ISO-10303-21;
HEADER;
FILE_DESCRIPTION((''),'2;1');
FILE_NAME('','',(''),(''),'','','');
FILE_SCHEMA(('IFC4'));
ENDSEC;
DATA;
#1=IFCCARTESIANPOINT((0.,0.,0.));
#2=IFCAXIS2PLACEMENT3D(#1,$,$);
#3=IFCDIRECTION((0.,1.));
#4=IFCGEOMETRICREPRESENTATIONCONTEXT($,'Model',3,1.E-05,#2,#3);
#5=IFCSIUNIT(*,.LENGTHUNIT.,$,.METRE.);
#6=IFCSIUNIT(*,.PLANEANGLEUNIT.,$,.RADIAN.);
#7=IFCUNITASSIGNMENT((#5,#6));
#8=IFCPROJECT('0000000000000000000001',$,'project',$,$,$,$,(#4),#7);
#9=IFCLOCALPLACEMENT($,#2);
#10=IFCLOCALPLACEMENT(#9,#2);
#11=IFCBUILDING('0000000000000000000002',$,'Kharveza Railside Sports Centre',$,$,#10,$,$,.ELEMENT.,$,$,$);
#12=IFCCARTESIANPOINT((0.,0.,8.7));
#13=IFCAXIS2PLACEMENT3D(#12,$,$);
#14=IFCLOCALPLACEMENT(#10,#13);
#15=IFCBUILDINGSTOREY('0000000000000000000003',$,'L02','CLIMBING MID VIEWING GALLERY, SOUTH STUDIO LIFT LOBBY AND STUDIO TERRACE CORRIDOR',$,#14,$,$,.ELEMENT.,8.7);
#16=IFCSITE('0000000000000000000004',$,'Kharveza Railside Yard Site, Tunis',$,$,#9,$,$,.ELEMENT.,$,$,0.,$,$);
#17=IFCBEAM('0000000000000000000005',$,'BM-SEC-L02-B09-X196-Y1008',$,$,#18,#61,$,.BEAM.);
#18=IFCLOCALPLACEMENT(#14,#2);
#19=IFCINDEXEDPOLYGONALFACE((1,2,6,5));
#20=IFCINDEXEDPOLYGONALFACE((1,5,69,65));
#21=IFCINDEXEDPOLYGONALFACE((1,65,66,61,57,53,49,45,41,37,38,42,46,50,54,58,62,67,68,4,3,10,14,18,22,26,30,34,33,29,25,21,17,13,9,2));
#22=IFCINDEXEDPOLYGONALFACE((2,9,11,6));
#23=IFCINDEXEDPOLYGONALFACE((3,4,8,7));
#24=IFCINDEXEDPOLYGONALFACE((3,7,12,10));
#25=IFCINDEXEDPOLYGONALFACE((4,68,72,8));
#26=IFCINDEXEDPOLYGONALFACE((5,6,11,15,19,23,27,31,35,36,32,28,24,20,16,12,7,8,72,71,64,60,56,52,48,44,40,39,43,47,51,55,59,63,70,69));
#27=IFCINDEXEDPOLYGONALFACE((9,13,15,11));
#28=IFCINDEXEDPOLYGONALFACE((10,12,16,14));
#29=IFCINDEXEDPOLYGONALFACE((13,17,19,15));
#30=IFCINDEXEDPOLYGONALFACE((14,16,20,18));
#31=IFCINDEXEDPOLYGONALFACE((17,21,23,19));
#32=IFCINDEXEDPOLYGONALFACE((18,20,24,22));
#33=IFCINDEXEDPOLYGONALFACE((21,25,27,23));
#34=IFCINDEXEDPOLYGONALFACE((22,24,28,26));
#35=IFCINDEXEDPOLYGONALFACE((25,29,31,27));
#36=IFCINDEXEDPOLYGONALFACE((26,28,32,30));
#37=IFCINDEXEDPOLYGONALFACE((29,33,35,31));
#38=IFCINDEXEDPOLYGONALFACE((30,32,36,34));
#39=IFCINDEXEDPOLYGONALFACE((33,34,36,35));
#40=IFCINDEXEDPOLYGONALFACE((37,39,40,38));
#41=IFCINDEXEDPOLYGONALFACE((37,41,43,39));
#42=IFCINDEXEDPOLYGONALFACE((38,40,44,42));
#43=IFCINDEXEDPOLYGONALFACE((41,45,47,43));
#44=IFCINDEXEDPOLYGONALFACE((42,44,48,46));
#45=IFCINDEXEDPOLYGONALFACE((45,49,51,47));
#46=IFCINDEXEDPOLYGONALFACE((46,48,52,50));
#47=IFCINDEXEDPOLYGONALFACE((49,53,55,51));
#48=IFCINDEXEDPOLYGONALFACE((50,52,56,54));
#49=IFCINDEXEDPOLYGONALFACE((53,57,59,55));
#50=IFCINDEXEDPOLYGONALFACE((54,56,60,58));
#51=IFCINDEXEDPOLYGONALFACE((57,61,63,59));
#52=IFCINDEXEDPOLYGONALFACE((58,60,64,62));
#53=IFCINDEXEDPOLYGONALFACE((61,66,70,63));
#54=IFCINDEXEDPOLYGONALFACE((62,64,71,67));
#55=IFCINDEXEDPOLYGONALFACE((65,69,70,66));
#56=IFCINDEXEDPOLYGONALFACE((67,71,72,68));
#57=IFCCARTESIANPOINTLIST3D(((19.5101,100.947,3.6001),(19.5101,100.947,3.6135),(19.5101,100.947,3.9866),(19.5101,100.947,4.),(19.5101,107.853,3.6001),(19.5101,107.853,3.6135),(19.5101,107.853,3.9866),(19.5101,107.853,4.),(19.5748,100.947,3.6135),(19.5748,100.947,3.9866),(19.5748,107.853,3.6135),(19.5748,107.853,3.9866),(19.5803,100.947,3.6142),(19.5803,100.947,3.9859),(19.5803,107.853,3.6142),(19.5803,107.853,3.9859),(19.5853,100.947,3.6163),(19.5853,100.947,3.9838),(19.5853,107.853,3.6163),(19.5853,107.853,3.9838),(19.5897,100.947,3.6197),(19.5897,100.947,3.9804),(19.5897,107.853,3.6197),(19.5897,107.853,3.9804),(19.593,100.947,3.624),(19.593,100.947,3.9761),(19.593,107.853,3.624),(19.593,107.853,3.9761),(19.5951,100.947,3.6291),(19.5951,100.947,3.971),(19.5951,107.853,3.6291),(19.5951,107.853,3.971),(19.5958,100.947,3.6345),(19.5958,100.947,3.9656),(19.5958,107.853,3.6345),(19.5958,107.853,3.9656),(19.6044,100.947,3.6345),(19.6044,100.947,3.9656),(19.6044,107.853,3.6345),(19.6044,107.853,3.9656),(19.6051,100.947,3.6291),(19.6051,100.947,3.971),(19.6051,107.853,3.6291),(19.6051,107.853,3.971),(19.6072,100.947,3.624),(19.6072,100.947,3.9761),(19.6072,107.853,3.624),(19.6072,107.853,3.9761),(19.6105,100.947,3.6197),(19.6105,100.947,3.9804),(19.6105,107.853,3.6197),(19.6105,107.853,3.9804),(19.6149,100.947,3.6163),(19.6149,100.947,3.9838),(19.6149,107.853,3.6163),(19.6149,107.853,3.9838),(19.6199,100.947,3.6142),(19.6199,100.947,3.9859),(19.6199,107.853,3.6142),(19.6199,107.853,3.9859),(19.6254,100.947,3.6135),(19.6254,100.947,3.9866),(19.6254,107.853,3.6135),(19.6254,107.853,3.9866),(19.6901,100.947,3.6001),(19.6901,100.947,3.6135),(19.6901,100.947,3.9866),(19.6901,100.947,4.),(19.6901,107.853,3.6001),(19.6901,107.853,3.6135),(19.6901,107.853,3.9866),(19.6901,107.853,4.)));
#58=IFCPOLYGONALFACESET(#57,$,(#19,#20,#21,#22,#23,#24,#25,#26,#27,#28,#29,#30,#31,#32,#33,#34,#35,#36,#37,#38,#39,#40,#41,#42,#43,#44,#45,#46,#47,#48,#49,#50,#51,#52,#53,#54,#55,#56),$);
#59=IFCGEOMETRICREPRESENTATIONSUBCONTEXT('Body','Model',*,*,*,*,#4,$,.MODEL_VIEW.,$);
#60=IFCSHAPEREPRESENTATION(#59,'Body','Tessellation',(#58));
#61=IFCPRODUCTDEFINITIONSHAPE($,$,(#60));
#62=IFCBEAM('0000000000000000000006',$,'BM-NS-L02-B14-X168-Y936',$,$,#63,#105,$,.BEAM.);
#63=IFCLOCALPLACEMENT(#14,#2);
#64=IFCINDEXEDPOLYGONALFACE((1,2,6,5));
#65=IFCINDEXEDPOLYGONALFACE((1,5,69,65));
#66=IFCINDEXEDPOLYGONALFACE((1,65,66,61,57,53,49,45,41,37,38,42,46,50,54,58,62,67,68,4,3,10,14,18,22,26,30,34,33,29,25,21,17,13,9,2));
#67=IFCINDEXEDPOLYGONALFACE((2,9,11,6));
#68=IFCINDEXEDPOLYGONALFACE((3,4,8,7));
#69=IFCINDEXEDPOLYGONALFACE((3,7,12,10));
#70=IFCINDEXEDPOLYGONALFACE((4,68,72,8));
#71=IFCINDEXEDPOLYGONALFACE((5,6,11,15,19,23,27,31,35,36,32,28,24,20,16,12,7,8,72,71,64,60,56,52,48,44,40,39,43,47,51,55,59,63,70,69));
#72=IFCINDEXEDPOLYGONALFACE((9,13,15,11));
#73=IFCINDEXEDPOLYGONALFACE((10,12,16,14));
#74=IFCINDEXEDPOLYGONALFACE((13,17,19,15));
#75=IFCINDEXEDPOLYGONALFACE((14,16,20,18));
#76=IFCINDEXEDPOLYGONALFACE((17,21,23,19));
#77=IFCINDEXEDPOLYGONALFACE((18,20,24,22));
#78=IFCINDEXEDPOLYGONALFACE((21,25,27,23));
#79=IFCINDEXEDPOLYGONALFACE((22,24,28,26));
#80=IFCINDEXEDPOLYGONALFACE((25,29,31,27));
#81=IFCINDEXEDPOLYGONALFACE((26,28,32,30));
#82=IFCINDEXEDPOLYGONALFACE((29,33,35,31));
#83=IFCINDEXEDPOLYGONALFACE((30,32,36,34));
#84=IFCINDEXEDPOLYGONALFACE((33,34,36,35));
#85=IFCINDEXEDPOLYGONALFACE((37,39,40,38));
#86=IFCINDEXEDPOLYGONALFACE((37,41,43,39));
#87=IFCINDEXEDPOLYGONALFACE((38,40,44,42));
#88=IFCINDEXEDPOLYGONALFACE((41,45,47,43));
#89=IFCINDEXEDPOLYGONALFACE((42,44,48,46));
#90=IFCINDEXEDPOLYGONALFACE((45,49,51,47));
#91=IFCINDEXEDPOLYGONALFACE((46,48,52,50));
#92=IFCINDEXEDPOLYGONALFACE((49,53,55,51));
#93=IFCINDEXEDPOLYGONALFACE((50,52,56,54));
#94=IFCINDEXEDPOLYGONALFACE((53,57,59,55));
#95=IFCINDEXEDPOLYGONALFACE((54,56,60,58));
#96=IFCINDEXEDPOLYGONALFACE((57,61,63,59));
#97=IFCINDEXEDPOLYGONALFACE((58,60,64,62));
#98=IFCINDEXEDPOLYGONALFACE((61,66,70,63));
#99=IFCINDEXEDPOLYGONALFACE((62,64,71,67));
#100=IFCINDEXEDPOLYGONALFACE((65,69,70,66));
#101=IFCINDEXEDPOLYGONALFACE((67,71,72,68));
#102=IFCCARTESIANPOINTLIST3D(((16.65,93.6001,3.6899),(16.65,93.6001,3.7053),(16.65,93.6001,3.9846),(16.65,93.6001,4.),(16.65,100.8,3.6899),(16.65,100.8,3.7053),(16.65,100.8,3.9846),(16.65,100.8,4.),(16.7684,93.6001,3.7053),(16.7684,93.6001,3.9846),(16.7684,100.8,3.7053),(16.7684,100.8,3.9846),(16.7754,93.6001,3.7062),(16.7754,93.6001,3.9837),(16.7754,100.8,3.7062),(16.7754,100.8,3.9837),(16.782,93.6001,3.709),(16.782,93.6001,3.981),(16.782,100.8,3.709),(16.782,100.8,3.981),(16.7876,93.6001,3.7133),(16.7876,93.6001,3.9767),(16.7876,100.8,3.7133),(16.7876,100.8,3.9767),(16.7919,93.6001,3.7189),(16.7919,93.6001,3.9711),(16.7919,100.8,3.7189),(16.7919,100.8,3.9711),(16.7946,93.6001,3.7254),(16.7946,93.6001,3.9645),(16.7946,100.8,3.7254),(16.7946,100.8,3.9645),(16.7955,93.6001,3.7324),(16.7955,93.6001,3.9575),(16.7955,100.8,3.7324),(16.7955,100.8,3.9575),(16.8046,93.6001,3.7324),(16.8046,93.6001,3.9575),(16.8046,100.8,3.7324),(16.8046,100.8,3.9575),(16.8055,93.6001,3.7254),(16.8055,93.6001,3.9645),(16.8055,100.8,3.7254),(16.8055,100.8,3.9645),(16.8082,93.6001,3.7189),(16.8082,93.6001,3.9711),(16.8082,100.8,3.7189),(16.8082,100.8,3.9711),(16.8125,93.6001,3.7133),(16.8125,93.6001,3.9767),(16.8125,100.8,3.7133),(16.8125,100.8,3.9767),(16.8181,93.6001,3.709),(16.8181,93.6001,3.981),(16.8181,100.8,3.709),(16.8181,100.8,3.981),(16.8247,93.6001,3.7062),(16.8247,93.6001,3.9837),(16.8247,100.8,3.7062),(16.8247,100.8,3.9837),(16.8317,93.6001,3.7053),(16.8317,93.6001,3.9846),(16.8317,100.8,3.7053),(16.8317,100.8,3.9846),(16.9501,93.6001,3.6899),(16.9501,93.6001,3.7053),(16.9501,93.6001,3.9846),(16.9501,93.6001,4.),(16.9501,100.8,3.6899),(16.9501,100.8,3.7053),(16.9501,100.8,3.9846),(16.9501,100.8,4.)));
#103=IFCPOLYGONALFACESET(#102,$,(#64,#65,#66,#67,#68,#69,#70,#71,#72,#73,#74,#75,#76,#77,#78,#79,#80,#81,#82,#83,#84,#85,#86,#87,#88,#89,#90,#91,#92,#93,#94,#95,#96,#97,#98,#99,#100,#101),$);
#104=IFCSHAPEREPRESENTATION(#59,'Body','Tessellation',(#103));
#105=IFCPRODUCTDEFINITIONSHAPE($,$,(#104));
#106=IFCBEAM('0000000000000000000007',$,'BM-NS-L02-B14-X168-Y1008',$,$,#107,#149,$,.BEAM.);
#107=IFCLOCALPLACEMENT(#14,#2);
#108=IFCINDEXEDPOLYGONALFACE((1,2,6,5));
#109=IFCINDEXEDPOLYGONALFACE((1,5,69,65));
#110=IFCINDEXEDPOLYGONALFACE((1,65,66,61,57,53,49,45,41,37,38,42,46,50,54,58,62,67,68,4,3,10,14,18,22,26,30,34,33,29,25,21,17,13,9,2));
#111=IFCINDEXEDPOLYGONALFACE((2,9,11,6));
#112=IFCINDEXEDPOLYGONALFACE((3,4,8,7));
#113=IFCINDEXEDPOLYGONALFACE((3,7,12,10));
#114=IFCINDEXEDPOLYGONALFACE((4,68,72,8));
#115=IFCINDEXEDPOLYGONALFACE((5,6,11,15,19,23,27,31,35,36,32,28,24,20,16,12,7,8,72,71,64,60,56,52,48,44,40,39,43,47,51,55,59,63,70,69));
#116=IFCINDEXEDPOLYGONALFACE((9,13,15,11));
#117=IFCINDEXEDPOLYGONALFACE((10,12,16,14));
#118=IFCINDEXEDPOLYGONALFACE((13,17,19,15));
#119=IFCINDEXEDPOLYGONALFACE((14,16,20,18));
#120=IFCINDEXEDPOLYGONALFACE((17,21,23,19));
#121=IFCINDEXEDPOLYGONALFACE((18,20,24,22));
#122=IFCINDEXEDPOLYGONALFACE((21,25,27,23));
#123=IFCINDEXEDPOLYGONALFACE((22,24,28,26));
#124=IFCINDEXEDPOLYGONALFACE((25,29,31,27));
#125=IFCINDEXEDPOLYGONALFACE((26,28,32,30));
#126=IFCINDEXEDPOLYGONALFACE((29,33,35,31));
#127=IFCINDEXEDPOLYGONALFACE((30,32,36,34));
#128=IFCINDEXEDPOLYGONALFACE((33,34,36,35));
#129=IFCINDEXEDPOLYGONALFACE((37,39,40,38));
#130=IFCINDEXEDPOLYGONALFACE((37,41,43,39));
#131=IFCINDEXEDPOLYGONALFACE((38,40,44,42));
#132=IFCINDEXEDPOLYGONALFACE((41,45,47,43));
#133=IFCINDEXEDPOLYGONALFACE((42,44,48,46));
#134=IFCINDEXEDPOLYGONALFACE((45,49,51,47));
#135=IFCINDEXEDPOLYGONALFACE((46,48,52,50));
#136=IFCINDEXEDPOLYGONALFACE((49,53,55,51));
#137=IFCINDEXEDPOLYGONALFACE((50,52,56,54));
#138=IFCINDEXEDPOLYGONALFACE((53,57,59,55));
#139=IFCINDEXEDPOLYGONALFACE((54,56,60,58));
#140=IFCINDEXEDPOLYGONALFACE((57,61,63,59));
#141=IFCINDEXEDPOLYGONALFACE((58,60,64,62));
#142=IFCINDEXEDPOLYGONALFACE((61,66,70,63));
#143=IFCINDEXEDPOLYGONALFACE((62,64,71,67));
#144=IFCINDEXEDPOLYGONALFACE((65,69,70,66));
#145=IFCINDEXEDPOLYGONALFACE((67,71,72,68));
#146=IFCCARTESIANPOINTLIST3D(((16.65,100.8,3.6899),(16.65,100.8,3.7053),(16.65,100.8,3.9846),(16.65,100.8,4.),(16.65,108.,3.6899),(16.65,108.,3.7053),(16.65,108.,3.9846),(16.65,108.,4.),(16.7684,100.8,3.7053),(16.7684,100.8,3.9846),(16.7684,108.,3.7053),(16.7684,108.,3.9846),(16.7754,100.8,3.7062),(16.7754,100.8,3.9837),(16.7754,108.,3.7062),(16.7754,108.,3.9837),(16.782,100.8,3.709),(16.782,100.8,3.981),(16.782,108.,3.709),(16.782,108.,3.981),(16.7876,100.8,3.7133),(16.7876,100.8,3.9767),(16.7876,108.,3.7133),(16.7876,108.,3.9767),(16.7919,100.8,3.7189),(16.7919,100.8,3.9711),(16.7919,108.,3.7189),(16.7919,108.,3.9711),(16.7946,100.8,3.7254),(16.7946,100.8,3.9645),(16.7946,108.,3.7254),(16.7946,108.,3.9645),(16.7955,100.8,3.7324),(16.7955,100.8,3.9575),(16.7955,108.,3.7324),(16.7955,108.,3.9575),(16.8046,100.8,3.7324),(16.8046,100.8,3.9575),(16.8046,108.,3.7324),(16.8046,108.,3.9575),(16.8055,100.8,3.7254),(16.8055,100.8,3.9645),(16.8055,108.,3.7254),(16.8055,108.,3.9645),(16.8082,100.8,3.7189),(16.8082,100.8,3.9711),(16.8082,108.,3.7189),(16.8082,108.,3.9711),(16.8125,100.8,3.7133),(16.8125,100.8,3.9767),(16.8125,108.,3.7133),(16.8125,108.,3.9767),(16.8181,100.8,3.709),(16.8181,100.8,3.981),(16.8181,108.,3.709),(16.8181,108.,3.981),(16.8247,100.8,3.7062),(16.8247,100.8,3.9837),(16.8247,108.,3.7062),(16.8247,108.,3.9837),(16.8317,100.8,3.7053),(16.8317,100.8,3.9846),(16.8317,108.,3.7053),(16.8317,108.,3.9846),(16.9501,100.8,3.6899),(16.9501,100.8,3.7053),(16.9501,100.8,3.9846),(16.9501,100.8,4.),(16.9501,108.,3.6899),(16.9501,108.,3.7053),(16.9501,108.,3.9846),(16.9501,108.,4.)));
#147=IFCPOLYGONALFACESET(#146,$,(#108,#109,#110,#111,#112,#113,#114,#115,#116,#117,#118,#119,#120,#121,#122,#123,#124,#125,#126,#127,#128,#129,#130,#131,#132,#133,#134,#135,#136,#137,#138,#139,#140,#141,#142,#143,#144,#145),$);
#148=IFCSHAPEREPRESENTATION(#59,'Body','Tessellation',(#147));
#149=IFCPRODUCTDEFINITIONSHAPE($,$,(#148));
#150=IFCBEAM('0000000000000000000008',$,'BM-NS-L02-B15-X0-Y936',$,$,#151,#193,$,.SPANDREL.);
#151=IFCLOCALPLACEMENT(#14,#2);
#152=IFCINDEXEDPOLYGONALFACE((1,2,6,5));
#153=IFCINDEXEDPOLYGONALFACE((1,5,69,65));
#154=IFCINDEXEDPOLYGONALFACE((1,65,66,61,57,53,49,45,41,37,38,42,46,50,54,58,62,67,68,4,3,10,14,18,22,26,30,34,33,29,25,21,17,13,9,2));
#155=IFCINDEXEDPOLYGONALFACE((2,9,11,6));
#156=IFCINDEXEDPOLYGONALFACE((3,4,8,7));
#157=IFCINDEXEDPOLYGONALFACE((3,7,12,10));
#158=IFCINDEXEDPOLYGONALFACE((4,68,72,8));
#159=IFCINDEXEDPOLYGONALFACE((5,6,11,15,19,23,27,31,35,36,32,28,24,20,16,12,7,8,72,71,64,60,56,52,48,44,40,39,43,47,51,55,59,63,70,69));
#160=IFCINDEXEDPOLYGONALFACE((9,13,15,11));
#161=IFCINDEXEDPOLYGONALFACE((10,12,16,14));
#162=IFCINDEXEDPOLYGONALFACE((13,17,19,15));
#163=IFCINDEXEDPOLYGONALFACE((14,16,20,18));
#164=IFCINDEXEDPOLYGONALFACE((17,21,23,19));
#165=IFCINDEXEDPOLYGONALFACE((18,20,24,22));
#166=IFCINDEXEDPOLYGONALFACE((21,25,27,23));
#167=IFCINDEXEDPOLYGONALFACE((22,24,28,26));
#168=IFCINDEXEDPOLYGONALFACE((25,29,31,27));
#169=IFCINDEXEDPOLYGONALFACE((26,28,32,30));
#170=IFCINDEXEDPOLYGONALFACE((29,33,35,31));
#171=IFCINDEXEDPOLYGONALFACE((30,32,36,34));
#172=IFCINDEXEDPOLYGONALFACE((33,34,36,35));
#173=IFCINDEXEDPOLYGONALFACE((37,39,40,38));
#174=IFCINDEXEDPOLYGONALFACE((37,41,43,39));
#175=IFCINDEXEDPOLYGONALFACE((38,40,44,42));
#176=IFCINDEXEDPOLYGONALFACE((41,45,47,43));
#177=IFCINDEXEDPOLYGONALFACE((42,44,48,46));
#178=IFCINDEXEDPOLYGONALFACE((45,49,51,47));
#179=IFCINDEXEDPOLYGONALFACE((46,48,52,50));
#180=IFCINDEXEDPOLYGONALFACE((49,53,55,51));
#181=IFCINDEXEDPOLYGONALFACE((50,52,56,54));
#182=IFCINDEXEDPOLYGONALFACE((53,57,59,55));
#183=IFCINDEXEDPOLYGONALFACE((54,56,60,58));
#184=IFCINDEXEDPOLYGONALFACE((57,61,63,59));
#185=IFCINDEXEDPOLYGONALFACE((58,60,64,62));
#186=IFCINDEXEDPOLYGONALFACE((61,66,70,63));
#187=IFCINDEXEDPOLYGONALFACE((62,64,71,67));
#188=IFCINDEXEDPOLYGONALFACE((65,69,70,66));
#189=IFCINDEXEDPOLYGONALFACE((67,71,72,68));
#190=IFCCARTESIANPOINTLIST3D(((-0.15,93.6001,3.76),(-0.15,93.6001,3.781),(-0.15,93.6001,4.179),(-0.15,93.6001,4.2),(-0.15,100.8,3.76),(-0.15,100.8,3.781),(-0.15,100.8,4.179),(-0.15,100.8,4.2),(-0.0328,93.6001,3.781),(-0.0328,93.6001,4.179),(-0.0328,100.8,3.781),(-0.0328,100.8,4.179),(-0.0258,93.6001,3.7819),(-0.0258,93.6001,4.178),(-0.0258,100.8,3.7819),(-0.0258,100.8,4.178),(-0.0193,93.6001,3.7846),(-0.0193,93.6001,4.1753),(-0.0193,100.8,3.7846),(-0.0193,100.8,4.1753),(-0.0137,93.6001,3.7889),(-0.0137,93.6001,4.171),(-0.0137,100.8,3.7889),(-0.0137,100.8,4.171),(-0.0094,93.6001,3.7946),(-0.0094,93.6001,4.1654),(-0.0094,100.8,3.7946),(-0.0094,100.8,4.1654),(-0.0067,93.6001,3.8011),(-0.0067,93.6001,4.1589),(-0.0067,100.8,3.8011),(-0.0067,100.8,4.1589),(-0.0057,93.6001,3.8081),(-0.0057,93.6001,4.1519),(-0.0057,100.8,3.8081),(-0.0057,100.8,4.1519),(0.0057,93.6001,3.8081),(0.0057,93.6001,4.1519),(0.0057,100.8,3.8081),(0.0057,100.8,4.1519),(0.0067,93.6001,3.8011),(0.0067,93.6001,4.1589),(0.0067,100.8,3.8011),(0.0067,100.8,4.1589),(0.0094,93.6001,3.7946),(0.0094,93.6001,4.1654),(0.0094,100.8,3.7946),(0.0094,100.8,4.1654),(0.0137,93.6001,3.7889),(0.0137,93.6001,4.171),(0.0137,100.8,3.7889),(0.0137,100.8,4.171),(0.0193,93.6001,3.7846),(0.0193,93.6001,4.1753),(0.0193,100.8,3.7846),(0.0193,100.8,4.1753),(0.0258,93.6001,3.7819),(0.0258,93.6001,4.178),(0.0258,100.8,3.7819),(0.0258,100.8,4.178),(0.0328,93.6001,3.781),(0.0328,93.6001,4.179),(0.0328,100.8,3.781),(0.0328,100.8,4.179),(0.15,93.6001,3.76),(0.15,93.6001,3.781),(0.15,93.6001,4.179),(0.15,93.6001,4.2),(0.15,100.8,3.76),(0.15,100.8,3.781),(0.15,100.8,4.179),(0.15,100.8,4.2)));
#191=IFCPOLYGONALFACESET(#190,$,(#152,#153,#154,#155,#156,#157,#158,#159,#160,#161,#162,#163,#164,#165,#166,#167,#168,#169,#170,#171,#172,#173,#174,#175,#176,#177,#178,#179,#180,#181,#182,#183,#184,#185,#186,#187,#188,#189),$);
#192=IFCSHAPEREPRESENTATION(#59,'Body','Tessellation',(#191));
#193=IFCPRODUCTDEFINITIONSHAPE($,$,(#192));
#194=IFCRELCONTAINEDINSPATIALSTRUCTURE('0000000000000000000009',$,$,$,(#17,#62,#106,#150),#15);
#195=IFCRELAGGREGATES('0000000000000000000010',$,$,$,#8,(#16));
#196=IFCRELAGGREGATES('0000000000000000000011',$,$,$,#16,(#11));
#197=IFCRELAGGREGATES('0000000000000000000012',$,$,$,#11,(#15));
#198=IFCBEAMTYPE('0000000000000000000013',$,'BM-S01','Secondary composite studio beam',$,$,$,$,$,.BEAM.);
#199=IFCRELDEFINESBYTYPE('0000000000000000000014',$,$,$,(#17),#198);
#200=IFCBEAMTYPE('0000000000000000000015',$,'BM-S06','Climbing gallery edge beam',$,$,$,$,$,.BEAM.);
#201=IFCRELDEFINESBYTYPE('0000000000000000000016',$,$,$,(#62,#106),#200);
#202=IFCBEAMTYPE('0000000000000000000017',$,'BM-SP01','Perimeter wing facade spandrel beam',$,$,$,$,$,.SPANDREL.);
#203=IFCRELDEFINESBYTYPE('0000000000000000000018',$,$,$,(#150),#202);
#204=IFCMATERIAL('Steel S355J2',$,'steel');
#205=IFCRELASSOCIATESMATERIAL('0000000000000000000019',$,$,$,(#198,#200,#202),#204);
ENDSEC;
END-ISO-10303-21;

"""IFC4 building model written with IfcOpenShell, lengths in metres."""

from ifc_helpers import new_model, si_unit, direction, frame, origin, origin_2d, place, context, subcontext, project, spatial, i_section, extrude, material, material_profile, profile_set, type_object, element, save


model = new_model("IFC4")

# Units and contexts
model_context = context("Model", 3, precision=1e-05, world=origin(), true_north=direction((0.0, 1.0)))
body_context = subcontext(model_context, "Body", "Model", "MODEL_VIEW")
ifc_project = project(units=[si_unit("LENGTHUNIT", "METRE"), si_unit("PLANEANGLEUNIT", "RADIAN")], contexts=[model_context])

# Site, building, storey
site_placement = place(None, origin())
site = spatial("IfcSite", under=ifc_project, at=site_placement, Name="Kharveza Railside Yard Site, Tunis", CompositionType="ELEMENT", RefElevation=0.0)
building_placement = place(site_placement, origin())
building = spatial("IfcBuilding", under=site, at=building_placement, Name="Kharveza Railside Sports Centre", CompositionType="ELEMENT")
storey_placement = place(building_placement, frame((0.0, 0.0, 8.7)))
storey = spatial("IfcBuildingStorey", under=building, at=storey_placement, Name="L02", Description="CLIMBING MID VIEWING GALLERY, SOUTH STUDIO LIFT LOBBY AND STUDIO TERRACE CORRIDOR", CompositionType="ELEMENT", Elevation=8.7)

# Shared definitions
ifc_material_1 = material(Name="Steel S355J2", Category="steel")

# Beams
ifc_material_profile_1 = material_profile(ifc_material_1, i_section(OverallWidth=0.1799, OverallDepth=0.3999, WebThickness=0.0085, FlangeThickness=0.0134, FilletRadius=0.021, at=origin_2d()), Name="IPE 400")
ifc_profile_set_1 = profile_set([ifc_material_profile_1], Name="Steel S355J2")
beam_type_1 = type_object("IfcBeamType", Name="BM-S01", Description="Secondary composite studio beam", PredefinedType="BEAM", material=ifc_profile_set_1)
beam_1_placement = place(storey_placement, frame((19.6001, 100.947, 3.8), z_axis=(0.0, 1.0, 0.0), x_axis=(-1.0, 0.0, 0.0)))
element("IfcBeam", 1, at=beam_1_placement, inside=storey, type_object=beam_type_1, Name="BM-SEC-L02-B09-X196-Y1008", PredefinedType="BEAM", context=body_context, shape_type="SweptSolid", body=[
    extrude(i_section(OverallWidth=0.1799, OverallDepth=0.3999, WebThickness=0.0085, FlangeThickness=0.0134, FilletRadius=0.021, at=origin_2d()), origin(), (0.0, 0.0, 1.0), 6.906),
])
ifc_material_profile_2 = material_profile(ifc_material_1, i_section(OverallWidth=0.3, OverallDepth=0.3101, WebThickness=0.009, FlangeThickness=0.0154, FilletRadius=0.0271, at=origin_2d()), Name="HEA 320")
ifc_profile_set_2 = profile_set([ifc_material_profile_2], Name="Steel S355J2")
beam_type_2 = type_object("IfcBeamType", Name="BM-S06", Description="Climbing gallery edge beam", PredefinedType="BEAM", material=ifc_profile_set_2)
for number, where, z_axis, x_axis, name in (
    (2, (16.8, 93.6001, 3.845), (0.0, 1.0, 0.0), (-1.0, 0.0, 0.0), "BM-NS-L02-B14-X168-Y936"),
    (3, (16.8, 100.8, 3.845), (0.0, 1.0, 0.0), (-1.0, 0.0, 0.0), "BM-NS-L02-B14-X168-Y1008"),
):
    element("IfcBeam", number, at=place(storey_placement, frame(where, z_axis=z_axis, x_axis=x_axis)), inside=storey, type_object=beam_type_2, Name=name, PredefinedType="BEAM", context=body_context, shape_type="SweptSolid", body=[
        extrude(i_section(OverallWidth=0.3, OverallDepth=0.3101, WebThickness=0.009, FlangeThickness=0.0154, FilletRadius=0.0271, at=origin_2d()), origin(), (0.0, 0.0, 1.0), 7.2),
    ])
ifc_material_profile_3 = material_profile(ifc_material_1, i_section(OverallWidth=0.3, OverallDepth=0.4399, WebThickness=0.0115, FlangeThickness=0.021, FilletRadius=0.0271, at=origin_2d()), Name="HEA 450")
ifc_profile_set_3 = profile_set([ifc_material_profile_3], Name="Steel S355J2")
beam_type_3 = type_object("IfcBeamType", Name="BM-SP01", Description="Perimeter wing facade spandrel beam", PredefinedType="SPANDREL", material=ifc_profile_set_3)
for number, where, z_axis, x_axis, name in (
    (4, (0.0, 93.6001, 3.98), (0.0, 1.0, 0.0), (-1.0, 0.0, 0.0), "BM-NS-L02-B15-X0-Y936"),
):
    element("IfcBeam", number, at=place(storey_placement, frame(where, z_axis=z_axis, x_axis=x_axis)), inside=storey, type_object=beam_type_3, Name=name, PredefinedType="SPANDREL", context=body_context, shape_type="SweptSolid", body=[
        extrude(i_section(OverallWidth=0.3, OverallDepth=0.4399, WebThickness=0.0115, FlangeThickness=0.021, FilletRadius=0.0271, at=origin_2d()), origin(), (0.0, 0.0, 1.0), 7.2),
    ])

save(model, "model.ifc")
